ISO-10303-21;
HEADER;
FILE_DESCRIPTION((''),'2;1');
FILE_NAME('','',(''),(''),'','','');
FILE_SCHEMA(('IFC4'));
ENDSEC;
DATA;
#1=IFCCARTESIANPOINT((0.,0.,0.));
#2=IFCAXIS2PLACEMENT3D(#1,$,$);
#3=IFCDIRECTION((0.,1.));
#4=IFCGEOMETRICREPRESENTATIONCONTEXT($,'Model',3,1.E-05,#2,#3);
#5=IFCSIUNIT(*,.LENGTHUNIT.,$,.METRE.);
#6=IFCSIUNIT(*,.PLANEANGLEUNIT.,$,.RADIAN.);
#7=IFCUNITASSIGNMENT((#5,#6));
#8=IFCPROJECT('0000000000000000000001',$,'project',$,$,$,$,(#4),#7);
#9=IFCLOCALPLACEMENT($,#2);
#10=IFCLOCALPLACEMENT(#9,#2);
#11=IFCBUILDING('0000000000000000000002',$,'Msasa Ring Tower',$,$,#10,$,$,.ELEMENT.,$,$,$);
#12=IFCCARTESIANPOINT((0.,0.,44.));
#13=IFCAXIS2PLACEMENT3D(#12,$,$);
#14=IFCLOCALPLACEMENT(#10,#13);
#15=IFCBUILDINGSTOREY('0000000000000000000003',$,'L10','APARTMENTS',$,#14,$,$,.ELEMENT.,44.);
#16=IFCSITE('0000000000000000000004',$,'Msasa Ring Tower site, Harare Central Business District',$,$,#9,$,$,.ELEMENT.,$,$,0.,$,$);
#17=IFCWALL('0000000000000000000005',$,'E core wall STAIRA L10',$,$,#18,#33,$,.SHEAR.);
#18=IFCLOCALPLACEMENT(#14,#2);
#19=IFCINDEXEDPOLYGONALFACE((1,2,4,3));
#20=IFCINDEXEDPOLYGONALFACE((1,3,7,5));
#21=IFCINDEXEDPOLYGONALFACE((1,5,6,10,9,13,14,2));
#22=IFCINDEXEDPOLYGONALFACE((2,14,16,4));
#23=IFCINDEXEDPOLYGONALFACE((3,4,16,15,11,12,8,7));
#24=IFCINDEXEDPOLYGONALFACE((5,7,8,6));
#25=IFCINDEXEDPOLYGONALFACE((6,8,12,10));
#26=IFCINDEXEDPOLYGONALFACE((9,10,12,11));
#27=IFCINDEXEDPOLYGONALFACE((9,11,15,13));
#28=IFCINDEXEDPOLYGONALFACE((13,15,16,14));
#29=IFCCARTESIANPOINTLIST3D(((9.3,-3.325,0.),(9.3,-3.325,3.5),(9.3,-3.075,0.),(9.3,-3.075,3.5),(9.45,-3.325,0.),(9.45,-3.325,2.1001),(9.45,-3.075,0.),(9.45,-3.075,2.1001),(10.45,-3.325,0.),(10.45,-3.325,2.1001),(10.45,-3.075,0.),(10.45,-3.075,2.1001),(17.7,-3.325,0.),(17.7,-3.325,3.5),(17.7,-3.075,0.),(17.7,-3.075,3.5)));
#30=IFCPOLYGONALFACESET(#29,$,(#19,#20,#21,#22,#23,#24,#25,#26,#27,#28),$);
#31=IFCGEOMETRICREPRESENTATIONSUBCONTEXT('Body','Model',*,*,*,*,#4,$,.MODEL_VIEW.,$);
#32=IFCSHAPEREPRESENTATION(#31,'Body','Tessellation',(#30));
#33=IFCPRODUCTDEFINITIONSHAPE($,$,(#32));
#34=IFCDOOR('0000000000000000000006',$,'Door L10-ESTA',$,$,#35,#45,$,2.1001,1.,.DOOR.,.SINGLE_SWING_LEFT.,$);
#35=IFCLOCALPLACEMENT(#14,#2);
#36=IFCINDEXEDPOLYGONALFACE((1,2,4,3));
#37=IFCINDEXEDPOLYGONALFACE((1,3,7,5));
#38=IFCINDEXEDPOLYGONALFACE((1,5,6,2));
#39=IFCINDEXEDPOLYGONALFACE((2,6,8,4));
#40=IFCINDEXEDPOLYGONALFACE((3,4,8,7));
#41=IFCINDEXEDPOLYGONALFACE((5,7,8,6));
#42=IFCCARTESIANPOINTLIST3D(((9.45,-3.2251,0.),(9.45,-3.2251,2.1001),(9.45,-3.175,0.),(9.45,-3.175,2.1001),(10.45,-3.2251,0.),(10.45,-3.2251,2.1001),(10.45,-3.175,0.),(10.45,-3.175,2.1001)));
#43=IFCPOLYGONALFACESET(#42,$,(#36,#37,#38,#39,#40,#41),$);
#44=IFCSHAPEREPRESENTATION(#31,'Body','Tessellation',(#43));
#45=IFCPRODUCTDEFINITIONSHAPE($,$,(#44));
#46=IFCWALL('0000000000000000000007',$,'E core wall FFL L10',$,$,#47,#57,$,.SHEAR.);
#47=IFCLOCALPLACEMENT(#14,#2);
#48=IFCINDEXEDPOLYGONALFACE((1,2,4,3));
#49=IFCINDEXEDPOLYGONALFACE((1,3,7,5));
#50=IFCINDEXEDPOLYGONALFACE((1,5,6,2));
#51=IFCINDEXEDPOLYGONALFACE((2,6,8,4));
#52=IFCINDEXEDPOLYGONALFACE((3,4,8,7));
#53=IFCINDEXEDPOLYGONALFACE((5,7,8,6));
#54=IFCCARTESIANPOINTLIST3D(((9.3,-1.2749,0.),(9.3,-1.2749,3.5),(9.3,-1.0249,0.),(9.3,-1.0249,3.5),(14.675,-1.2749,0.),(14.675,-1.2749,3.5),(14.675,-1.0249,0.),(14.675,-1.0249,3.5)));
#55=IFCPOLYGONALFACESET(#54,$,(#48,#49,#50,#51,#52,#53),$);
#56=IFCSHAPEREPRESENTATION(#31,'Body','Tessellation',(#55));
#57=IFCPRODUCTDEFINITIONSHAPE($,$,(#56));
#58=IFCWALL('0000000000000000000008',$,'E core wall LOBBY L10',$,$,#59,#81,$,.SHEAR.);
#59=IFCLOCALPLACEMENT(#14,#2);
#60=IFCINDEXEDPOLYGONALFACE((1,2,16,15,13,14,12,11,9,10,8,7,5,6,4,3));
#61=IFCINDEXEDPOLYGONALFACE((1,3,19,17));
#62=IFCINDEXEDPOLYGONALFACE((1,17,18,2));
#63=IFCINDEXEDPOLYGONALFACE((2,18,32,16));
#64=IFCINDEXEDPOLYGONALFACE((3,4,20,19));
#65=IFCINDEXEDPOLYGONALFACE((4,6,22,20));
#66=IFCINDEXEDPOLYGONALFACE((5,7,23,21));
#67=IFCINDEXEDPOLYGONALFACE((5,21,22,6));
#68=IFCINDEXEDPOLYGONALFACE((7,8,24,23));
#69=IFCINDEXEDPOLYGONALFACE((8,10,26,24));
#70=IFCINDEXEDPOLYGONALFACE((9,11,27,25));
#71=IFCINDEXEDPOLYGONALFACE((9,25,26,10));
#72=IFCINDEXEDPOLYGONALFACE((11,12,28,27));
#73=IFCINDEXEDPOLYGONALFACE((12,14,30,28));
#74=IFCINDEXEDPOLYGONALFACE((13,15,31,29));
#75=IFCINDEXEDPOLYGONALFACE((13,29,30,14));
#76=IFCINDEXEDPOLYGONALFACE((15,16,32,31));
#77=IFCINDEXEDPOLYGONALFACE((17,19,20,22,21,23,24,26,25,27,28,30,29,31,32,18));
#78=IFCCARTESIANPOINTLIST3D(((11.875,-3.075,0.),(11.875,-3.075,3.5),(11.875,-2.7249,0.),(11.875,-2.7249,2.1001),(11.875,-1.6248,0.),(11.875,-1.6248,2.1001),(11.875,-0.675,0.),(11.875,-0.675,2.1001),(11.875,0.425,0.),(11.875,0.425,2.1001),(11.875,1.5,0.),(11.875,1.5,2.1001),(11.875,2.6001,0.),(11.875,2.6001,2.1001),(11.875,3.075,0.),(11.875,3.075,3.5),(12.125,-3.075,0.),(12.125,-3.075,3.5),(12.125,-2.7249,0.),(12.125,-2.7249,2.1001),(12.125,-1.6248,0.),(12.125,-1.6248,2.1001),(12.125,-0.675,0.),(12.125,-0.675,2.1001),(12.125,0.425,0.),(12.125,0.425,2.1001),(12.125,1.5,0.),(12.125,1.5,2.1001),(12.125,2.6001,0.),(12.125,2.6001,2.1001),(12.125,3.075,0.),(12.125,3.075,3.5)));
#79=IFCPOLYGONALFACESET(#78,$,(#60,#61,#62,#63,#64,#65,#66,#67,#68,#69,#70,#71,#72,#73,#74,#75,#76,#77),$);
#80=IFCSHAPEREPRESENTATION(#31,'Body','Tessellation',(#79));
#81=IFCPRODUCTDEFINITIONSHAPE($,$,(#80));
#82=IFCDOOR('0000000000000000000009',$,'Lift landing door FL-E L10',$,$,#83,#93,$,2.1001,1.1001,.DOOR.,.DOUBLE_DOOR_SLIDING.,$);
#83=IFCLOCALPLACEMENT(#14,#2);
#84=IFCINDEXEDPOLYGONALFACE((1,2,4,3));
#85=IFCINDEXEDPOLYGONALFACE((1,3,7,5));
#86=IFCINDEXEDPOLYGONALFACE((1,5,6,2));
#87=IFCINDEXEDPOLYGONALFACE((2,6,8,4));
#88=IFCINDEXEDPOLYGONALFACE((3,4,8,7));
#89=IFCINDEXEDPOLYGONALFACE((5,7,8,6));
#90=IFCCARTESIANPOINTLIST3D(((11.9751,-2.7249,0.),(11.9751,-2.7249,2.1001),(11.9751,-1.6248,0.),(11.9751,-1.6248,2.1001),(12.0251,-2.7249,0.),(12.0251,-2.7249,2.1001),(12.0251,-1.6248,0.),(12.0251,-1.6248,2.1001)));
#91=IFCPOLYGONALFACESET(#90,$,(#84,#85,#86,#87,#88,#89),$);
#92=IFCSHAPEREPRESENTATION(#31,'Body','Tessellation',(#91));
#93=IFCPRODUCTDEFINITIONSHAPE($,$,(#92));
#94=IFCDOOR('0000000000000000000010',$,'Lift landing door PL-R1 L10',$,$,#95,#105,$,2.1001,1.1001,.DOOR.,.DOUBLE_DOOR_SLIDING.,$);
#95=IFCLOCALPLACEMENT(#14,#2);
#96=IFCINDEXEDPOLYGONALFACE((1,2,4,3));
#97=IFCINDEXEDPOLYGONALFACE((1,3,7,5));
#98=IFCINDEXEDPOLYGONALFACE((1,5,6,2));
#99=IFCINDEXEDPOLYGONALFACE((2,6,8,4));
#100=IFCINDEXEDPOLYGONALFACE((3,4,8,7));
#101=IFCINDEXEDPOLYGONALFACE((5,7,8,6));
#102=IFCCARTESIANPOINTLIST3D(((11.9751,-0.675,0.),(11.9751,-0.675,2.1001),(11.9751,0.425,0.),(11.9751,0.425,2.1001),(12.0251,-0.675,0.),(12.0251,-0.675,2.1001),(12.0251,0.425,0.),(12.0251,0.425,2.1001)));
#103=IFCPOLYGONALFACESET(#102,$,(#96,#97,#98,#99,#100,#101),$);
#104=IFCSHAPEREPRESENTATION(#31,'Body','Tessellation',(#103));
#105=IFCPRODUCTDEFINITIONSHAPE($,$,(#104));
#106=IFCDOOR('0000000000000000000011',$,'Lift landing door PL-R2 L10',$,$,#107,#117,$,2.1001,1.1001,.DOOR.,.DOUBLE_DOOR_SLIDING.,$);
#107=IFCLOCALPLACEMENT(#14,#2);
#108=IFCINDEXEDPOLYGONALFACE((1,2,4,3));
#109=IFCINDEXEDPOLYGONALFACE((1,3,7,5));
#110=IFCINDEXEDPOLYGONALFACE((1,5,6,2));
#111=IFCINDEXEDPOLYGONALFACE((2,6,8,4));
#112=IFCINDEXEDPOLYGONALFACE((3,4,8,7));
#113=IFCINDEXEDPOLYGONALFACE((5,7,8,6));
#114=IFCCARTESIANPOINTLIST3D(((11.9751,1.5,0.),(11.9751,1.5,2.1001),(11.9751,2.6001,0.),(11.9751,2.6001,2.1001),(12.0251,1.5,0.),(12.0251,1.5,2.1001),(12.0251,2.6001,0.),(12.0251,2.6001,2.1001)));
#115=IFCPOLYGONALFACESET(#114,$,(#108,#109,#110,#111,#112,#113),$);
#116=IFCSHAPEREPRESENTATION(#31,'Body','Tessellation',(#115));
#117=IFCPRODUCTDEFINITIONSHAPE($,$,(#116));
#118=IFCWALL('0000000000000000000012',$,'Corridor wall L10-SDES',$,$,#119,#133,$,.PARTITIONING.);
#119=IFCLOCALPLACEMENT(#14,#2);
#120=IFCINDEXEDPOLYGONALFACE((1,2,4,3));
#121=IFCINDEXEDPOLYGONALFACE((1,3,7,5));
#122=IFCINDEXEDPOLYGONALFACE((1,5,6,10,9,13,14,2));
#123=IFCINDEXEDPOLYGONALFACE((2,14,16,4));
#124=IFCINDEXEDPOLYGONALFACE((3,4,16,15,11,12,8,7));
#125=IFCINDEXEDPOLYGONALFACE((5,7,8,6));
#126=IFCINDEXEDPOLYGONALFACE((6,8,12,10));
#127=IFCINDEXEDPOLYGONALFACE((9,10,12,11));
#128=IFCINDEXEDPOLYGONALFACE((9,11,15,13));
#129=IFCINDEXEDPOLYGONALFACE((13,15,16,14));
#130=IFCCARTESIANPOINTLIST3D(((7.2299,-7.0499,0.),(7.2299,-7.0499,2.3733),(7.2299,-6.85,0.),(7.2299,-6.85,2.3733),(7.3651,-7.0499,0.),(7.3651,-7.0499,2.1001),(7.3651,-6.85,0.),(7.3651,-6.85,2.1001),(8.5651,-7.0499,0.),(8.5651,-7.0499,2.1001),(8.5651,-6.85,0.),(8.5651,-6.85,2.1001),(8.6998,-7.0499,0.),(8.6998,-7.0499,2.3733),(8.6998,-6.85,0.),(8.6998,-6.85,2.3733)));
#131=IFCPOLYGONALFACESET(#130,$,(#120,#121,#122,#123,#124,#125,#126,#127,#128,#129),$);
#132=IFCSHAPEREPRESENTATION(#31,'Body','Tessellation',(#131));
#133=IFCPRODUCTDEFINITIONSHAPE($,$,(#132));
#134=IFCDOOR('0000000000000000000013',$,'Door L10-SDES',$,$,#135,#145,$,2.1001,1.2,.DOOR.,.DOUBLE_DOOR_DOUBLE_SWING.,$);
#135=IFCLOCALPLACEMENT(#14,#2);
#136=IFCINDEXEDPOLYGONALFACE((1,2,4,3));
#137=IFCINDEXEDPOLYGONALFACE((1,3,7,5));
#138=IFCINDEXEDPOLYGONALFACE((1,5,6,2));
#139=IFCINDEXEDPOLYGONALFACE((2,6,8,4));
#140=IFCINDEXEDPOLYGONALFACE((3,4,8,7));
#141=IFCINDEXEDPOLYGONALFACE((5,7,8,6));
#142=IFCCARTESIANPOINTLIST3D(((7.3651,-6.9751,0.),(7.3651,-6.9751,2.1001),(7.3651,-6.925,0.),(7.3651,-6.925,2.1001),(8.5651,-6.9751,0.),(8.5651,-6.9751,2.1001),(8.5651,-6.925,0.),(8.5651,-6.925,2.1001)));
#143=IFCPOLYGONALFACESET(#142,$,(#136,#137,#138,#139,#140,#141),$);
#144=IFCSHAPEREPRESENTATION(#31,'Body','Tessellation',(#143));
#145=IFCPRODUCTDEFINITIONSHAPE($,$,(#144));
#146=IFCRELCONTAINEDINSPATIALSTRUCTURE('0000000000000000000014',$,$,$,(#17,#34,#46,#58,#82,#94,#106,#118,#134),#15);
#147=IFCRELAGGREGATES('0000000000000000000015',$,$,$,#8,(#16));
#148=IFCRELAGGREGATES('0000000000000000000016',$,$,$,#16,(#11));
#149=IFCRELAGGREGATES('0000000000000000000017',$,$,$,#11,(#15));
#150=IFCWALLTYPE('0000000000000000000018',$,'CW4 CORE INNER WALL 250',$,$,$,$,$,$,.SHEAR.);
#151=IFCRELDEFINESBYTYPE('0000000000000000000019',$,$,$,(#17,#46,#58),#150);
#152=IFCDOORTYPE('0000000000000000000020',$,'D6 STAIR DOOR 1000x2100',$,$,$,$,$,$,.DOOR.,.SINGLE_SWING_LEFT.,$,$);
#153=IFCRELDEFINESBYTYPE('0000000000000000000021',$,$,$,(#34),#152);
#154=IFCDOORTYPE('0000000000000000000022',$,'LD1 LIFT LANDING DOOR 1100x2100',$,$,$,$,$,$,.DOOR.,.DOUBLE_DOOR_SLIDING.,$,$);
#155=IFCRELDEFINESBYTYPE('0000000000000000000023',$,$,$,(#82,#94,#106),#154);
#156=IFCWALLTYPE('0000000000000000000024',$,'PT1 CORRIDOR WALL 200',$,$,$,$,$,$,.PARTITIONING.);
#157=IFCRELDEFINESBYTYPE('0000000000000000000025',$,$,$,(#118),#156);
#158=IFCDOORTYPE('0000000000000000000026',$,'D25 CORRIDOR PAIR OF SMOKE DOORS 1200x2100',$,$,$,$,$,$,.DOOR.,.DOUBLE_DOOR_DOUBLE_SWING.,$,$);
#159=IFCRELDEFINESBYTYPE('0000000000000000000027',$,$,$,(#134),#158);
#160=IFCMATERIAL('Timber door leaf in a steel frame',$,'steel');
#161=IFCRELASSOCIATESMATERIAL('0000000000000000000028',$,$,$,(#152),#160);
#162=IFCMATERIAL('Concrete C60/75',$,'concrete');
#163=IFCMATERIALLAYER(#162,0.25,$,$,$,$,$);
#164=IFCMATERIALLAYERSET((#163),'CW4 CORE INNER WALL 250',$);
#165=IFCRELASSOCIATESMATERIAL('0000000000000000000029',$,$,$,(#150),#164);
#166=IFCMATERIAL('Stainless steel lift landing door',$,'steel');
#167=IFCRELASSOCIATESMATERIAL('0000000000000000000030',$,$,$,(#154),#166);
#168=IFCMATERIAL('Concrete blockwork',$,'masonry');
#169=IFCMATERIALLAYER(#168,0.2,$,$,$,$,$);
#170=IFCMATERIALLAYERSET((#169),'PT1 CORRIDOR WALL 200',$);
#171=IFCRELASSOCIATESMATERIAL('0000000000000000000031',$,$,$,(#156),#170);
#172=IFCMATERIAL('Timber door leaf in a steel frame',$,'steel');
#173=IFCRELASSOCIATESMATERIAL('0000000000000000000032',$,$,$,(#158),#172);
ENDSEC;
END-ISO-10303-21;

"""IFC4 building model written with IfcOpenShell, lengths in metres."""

from ifc_helpers import new_model, si_unit, direction, frame, frame_2d, origin, place, context, subcontext, project, spatial, rectangle, extrude, material, layer, layer_set, type_object, element, fill, save


model = new_model("IFC4")

# Units and contexts
model_context = context("Model", 3, precision=1e-05, world=origin(), true_north=direction((0.0, 1.0)))
body_context = subcontext(model_context, "Body", "Model", "MODEL_VIEW")
ifc_project = project(units=[si_unit("LENGTHUNIT", "METRE"), si_unit("PLANEANGLEUNIT", "RADIAN")], contexts=[model_context])

# Site, building, storey
site_placement = place(None, origin())
site = spatial("IfcSite", under=ifc_project, at=site_placement, Name="Msasa Ring Tower site, Harare Central Business District", CompositionType="ELEMENT", RefElevation=0.0)
building_placement = place(site_placement, origin())
building = spatial("IfcBuilding", under=site, at=building_placement, Name="Msasa Ring Tower", CompositionType="ELEMENT")
storey_placement = place(building_placement, frame((0.0, 0.0, 44.0)))
storey = spatial("IfcBuildingStorey", under=building, at=storey_placement, Name="L10", Description="APARTMENTS", CompositionType="ELEMENT", Elevation=44.0)

# Shared definitions
ifc_material_1 = material(Name="Timber door leaf in a steel frame", Category="steel")
door_type_1 = type_object("IfcDoorType", Name="D6 STAIR DOOR 1000x2100", OperationType="SINGLE_SWING_LEFT", PredefinedType="DOOR", material=ifc_material_1)

# Wall, opening, door
ifc_material_2 = material(Name="Concrete C60/75", Category="concrete")
ifc_layer_1 = layer(ifc_material_2, 0.25)
ifc_layer_set_1 = layer_set([ifc_layer_1], Name="CW4 CORE INNER WALL 250")
wall_type_1 = type_object("IfcWallType", Name="CW4 CORE INNER WALL 250", PredefinedType="SHEAR", material=ifc_layer_set_1)
wall_1_placement = place(storey_placement, frame((9.3, -3.2, 0.0), z_axis=(0.0, 0.0, 1.0), x_axis=(1.0, 0.0, 0.0)))
wall_1 = element("IfcWall", 1, at=wall_1_placement, inside=storey, type_object=wall_type_1, Name="E core wall STAIRA L10", PredefinedType="SHEAR", context=body_context, shape_type="SweptSolid", body=[
    extrude(rectangle(XDim=8.3999, YDim=0.25, at=frame_2d((4.2, 0.0))), origin(), (0.0, 0.0, 1.0), 3.5),
])
opening_1_placement = place(wall_1_placement, frame((0.1499, 0.0, 0.0)))
opening_1 = element("IfcOpeningElement", 2, at=opening_1_placement, cuts=wall_1, PredefinedType="OPENING", context=body_context, shape_type="SweptSolid", body=[
    extrude(rectangle(XDim=1.0, YDim=2.1001, at=frame_2d((0.5, 1.05))), frame((0.0, 0.135, 0.0), z_axis=(0.0, -1.0, 0.0), x_axis=(1.0, 0.0, 0.0)), (0.0, 0.0, 1.0), 0.27),
])
door_1_placement = place(opening_1_placement, origin())
door_1 = element("IfcDoor", 3, at=door_1_placement, inside=storey, type_object=door_type_1, Name="Door L10-ESTA", OperationType="SINGLE_SWING_LEFT", OverallHeight=2.1001, OverallWidth=1.0, PredefinedType="DOOR", context=body_context, shape_type="SweptSolid", body=[
    extrude(rectangle(XDim=1.0, YDim=2.1001, at=frame_2d((0.5, 1.05))), frame((0.0, 0.0249, 0.0), z_axis=(0.0, -1.0, 0.0), x_axis=(1.0, 0.0, 0.0)), (0.0, 0.0, 1.0), 0.05),
])
fill(opening_1, door_1)

# Wall
wall_2_placement = place(storey_placement, frame((9.3, -1.1499, 0.0), z_axis=(0.0, 0.0, 1.0), x_axis=(1.0, 0.0, 0.0)))
element("IfcWall", 4, at=wall_2_placement, inside=storey, type_object=wall_type_1, Name="E core wall FFL L10", PredefinedType="SHEAR", context=body_context, shape_type="SweptSolid", body=[
    extrude(rectangle(XDim=5.375, YDim=0.25, at=frame_2d((2.6875, 0.0))), origin(), (0.0, 0.0, 1.0), 3.5),
])

# Wall, openings, doors
wall_3_placement = place(storey_placement, frame((12.0, -3.075, 0.0), z_axis=(0.0, 0.0, 1.0), x_axis=(0.0, 1.0, 0.0)))
wall_3 = element("IfcWall", 5, at=wall_3_placement, inside=storey, type_object=wall_type_1, Name="E core wall LOBBY L10", PredefinedType="SHEAR", context=body_context, shape_type="SweptSolid", body=[
    extrude(rectangle(XDim=6.1499, YDim=0.25, at=frame_2d((3.075, 0.0))), origin(), (0.0, 0.0, 1.0), 3.5),
])
opening_2_placement = place(wall_3_placement, frame((0.3501, 0.0, 0.0)))
opening_2 = element("IfcOpeningElement", 6, at=opening_2_placement, cuts=wall_3, PredefinedType="OPENING", context=body_context, shape_type="SweptSolid", body=[
    extrude(rectangle(XDim=1.1001, YDim=2.1001, at=frame_2d((0.55, 1.05))), frame((0.0, 0.135, 0.0), z_axis=(0.0, -1.0, 0.0), x_axis=(1.0, 0.0, 0.0)), (0.0, 0.0, 1.0), 0.27),
])
opening_3_placement = place(wall_3_placement, frame((2.3999, 0.0, 0.0)))
opening_3 = element("IfcOpeningElement", 7, at=opening_3_placement, cuts=wall_3, PredefinedType="OPENING", context=body_context, shape_type="SweptSolid", body=[
    extrude(rectangle(XDim=1.1001, YDim=2.1001, at=frame_2d((0.55, 1.05))), frame((0.0, 0.135, 0.0), z_axis=(0.0, -1.0, 0.0), x_axis=(1.0, 0.0, 0.0)), (0.0, 0.0, 1.0), 0.27),
])
opening_4_placement = place(wall_3_placement, frame((4.575, 0.0, 0.0)))
opening_4 = element("IfcOpeningElement", 8, at=opening_4_placement, cuts=wall_3, PredefinedType="OPENING", context=body_context, shape_type="SweptSolid", body=[
    extrude(rectangle(XDim=1.1001, YDim=2.1001, at=frame_2d((0.55, 1.05))), frame((0.0, 0.135, 0.0), z_axis=(0.0, -1.0, 0.0), x_axis=(1.0, 0.0, 0.0)), (0.0, 0.0, 1.0), 0.27),
])
ifc_material_3 = material(Name="Stainless steel lift landing door", Category="steel")
door_type_2 = type_object("IfcDoorType", Name="LD1 LIFT LANDING DOOR 1100x2100", OperationType="DOUBLE_DOOR_SLIDING", PredefinedType="DOOR", material=ifc_material_3)
door_2_placement = place(opening_2_placement, origin())
door_2 = element("IfcDoor", 9, at=door_2_placement, inside=storey, type_object=door_type_2, Name="Lift landing door FL-E L10", OperationType="DOUBLE_DOOR_SLIDING", OverallHeight=2.1001, OverallWidth=1.1001, PredefinedType="DOOR", context=body_context, shape_type="SweptSolid", body=[
    extrude(rectangle(XDim=1.1001, YDim=2.1001, at=frame_2d((0.55, 1.05))), frame((0.0, 0.0249, 0.0), z_axis=(0.0, -1.0, 0.0), x_axis=(1.0, 0.0, 0.0)), (0.0, 0.0, 1.0), 0.05),
])
fill(opening_2, door_2)
door_3_placement = place(opening_3_placement, origin())
door_3 = element("IfcDoor", 10, at=door_3_placement, inside=storey, type_object=door_type_2, Name="Lift landing door PL-R1 L10", OperationType="DOUBLE_DOOR_SLIDING", OverallHeight=2.1001, OverallWidth=1.1001, PredefinedType="DOOR", context=body_context, shape_type="SweptSolid", body=[
    extrude(rectangle(XDim=1.1001, YDim=2.1001, at=frame_2d((0.55, 1.05))), frame((0.0, 0.0249, 0.0), z_axis=(0.0, -1.0, 0.0), x_axis=(1.0, 0.0, 0.0)), (0.0, 0.0, 1.0), 0.05),
])
fill(opening_3, door_3)
door_4_placement = place(opening_4_placement, origin())
door_4 = element("IfcDoor", 11, at=door_4_placement, inside=storey, type_object=door_type_2, Name="Lift landing door PL-R2 L10", OperationType="DOUBLE_DOOR_SLIDING", OverallHeight=2.1001, OverallWidth=1.1001, PredefinedType="DOOR", context=body_context, shape_type="SweptSolid", body=[
    extrude(rectangle(XDim=1.1001, YDim=2.1001, at=frame_2d((0.55, 1.05))), frame((0.0, 0.0249, 0.0), z_axis=(0.0, -1.0, 0.0), x_axis=(1.0, 0.0, 0.0)), (0.0, 0.0, 1.0), 0.05),
])
fill(opening_4, door_4)

# Wall, opening, door
ifc_material_4 = material(Name="Concrete blockwork", Category="masonry")
ifc_layer_2 = layer(ifc_material_4, 0.2)
ifc_layer_set_2 = layer_set([ifc_layer_2], Name="PT1 CORRIDOR WALL 200")
wall_type_2 = type_object("IfcWallType", Name="PT1 CORRIDOR WALL 200", PredefinedType="PARTITIONING", material=ifc_layer_set_2)
wall_4_placement = place(storey_placement, frame((7.23, -6.95, 0.0), z_axis=(0.0, 0.0, 1.0), x_axis=(1.0, 0.0, 0.0)))
wall_4 = element("IfcWall", 12, at=wall_4_placement, inside=storey, type_object=wall_type_2, Name="Corridor wall L10-SDES", PredefinedType="PARTITIONING", context=body_context, shape_type="SweptSolid", body=[
    extrude(rectangle(XDim=1.47, YDim=0.2, at=frame_2d((0.7349, 0.0))), origin(), (0.0, 0.0, 1.0), 2.3733),
])
opening_5_placement = place(wall_4_placement, frame((0.135, 0.0, 0.0)))
opening_5 = element("IfcOpeningElement", 13, at=opening_5_placement, cuts=wall_4, PredefinedType="OPENING", context=body_context, shape_type="SweptSolid", body=[
    extrude(rectangle(XDim=1.2, YDim=2.1001, at=frame_2d((0.6001, 1.05))), frame((0.0, 0.1099, 0.0), z_axis=(0.0, -1.0, 0.0), x_axis=(1.0, 0.0, 0.0)), (0.0, 0.0, 1.0), 0.22),
])
ifc_material_5 = material(Name="Timber door leaf in a steel frame", Category="steel")
door_type_3 = type_object("IfcDoorType", Name="D25 CORRIDOR PAIR OF SMOKE DOORS 1200x2100", OperationType="DOUBLE_DOOR_DOUBLE_SWING", PredefinedType="DOOR", material=ifc_material_5)
door_5_placement = place(opening_5_placement, origin())
door_5 = element("IfcDoor", 14, at=door_5_placement, inside=storey, type_object=door_type_3, Name="Door L10-SDES", OperationType="DOUBLE_DOOR_DOUBLE_SWING", OverallHeight=2.1001, OverallWidth=1.2, PredefinedType="DOOR", context=body_context, shape_type="SweptSolid", body=[
    extrude(rectangle(XDim=1.2, YDim=2.1001, at=frame_2d((0.6001, 1.05))), frame((0.0, 0.0249, 0.0), z_axis=(0.0, -1.0, 0.0), x_axis=(1.0, 0.0, 0.0)), (0.0, 0.0, 1.0), 0.05),
])
fill(opening_5, door_5)

save(model, "model.ifc")
